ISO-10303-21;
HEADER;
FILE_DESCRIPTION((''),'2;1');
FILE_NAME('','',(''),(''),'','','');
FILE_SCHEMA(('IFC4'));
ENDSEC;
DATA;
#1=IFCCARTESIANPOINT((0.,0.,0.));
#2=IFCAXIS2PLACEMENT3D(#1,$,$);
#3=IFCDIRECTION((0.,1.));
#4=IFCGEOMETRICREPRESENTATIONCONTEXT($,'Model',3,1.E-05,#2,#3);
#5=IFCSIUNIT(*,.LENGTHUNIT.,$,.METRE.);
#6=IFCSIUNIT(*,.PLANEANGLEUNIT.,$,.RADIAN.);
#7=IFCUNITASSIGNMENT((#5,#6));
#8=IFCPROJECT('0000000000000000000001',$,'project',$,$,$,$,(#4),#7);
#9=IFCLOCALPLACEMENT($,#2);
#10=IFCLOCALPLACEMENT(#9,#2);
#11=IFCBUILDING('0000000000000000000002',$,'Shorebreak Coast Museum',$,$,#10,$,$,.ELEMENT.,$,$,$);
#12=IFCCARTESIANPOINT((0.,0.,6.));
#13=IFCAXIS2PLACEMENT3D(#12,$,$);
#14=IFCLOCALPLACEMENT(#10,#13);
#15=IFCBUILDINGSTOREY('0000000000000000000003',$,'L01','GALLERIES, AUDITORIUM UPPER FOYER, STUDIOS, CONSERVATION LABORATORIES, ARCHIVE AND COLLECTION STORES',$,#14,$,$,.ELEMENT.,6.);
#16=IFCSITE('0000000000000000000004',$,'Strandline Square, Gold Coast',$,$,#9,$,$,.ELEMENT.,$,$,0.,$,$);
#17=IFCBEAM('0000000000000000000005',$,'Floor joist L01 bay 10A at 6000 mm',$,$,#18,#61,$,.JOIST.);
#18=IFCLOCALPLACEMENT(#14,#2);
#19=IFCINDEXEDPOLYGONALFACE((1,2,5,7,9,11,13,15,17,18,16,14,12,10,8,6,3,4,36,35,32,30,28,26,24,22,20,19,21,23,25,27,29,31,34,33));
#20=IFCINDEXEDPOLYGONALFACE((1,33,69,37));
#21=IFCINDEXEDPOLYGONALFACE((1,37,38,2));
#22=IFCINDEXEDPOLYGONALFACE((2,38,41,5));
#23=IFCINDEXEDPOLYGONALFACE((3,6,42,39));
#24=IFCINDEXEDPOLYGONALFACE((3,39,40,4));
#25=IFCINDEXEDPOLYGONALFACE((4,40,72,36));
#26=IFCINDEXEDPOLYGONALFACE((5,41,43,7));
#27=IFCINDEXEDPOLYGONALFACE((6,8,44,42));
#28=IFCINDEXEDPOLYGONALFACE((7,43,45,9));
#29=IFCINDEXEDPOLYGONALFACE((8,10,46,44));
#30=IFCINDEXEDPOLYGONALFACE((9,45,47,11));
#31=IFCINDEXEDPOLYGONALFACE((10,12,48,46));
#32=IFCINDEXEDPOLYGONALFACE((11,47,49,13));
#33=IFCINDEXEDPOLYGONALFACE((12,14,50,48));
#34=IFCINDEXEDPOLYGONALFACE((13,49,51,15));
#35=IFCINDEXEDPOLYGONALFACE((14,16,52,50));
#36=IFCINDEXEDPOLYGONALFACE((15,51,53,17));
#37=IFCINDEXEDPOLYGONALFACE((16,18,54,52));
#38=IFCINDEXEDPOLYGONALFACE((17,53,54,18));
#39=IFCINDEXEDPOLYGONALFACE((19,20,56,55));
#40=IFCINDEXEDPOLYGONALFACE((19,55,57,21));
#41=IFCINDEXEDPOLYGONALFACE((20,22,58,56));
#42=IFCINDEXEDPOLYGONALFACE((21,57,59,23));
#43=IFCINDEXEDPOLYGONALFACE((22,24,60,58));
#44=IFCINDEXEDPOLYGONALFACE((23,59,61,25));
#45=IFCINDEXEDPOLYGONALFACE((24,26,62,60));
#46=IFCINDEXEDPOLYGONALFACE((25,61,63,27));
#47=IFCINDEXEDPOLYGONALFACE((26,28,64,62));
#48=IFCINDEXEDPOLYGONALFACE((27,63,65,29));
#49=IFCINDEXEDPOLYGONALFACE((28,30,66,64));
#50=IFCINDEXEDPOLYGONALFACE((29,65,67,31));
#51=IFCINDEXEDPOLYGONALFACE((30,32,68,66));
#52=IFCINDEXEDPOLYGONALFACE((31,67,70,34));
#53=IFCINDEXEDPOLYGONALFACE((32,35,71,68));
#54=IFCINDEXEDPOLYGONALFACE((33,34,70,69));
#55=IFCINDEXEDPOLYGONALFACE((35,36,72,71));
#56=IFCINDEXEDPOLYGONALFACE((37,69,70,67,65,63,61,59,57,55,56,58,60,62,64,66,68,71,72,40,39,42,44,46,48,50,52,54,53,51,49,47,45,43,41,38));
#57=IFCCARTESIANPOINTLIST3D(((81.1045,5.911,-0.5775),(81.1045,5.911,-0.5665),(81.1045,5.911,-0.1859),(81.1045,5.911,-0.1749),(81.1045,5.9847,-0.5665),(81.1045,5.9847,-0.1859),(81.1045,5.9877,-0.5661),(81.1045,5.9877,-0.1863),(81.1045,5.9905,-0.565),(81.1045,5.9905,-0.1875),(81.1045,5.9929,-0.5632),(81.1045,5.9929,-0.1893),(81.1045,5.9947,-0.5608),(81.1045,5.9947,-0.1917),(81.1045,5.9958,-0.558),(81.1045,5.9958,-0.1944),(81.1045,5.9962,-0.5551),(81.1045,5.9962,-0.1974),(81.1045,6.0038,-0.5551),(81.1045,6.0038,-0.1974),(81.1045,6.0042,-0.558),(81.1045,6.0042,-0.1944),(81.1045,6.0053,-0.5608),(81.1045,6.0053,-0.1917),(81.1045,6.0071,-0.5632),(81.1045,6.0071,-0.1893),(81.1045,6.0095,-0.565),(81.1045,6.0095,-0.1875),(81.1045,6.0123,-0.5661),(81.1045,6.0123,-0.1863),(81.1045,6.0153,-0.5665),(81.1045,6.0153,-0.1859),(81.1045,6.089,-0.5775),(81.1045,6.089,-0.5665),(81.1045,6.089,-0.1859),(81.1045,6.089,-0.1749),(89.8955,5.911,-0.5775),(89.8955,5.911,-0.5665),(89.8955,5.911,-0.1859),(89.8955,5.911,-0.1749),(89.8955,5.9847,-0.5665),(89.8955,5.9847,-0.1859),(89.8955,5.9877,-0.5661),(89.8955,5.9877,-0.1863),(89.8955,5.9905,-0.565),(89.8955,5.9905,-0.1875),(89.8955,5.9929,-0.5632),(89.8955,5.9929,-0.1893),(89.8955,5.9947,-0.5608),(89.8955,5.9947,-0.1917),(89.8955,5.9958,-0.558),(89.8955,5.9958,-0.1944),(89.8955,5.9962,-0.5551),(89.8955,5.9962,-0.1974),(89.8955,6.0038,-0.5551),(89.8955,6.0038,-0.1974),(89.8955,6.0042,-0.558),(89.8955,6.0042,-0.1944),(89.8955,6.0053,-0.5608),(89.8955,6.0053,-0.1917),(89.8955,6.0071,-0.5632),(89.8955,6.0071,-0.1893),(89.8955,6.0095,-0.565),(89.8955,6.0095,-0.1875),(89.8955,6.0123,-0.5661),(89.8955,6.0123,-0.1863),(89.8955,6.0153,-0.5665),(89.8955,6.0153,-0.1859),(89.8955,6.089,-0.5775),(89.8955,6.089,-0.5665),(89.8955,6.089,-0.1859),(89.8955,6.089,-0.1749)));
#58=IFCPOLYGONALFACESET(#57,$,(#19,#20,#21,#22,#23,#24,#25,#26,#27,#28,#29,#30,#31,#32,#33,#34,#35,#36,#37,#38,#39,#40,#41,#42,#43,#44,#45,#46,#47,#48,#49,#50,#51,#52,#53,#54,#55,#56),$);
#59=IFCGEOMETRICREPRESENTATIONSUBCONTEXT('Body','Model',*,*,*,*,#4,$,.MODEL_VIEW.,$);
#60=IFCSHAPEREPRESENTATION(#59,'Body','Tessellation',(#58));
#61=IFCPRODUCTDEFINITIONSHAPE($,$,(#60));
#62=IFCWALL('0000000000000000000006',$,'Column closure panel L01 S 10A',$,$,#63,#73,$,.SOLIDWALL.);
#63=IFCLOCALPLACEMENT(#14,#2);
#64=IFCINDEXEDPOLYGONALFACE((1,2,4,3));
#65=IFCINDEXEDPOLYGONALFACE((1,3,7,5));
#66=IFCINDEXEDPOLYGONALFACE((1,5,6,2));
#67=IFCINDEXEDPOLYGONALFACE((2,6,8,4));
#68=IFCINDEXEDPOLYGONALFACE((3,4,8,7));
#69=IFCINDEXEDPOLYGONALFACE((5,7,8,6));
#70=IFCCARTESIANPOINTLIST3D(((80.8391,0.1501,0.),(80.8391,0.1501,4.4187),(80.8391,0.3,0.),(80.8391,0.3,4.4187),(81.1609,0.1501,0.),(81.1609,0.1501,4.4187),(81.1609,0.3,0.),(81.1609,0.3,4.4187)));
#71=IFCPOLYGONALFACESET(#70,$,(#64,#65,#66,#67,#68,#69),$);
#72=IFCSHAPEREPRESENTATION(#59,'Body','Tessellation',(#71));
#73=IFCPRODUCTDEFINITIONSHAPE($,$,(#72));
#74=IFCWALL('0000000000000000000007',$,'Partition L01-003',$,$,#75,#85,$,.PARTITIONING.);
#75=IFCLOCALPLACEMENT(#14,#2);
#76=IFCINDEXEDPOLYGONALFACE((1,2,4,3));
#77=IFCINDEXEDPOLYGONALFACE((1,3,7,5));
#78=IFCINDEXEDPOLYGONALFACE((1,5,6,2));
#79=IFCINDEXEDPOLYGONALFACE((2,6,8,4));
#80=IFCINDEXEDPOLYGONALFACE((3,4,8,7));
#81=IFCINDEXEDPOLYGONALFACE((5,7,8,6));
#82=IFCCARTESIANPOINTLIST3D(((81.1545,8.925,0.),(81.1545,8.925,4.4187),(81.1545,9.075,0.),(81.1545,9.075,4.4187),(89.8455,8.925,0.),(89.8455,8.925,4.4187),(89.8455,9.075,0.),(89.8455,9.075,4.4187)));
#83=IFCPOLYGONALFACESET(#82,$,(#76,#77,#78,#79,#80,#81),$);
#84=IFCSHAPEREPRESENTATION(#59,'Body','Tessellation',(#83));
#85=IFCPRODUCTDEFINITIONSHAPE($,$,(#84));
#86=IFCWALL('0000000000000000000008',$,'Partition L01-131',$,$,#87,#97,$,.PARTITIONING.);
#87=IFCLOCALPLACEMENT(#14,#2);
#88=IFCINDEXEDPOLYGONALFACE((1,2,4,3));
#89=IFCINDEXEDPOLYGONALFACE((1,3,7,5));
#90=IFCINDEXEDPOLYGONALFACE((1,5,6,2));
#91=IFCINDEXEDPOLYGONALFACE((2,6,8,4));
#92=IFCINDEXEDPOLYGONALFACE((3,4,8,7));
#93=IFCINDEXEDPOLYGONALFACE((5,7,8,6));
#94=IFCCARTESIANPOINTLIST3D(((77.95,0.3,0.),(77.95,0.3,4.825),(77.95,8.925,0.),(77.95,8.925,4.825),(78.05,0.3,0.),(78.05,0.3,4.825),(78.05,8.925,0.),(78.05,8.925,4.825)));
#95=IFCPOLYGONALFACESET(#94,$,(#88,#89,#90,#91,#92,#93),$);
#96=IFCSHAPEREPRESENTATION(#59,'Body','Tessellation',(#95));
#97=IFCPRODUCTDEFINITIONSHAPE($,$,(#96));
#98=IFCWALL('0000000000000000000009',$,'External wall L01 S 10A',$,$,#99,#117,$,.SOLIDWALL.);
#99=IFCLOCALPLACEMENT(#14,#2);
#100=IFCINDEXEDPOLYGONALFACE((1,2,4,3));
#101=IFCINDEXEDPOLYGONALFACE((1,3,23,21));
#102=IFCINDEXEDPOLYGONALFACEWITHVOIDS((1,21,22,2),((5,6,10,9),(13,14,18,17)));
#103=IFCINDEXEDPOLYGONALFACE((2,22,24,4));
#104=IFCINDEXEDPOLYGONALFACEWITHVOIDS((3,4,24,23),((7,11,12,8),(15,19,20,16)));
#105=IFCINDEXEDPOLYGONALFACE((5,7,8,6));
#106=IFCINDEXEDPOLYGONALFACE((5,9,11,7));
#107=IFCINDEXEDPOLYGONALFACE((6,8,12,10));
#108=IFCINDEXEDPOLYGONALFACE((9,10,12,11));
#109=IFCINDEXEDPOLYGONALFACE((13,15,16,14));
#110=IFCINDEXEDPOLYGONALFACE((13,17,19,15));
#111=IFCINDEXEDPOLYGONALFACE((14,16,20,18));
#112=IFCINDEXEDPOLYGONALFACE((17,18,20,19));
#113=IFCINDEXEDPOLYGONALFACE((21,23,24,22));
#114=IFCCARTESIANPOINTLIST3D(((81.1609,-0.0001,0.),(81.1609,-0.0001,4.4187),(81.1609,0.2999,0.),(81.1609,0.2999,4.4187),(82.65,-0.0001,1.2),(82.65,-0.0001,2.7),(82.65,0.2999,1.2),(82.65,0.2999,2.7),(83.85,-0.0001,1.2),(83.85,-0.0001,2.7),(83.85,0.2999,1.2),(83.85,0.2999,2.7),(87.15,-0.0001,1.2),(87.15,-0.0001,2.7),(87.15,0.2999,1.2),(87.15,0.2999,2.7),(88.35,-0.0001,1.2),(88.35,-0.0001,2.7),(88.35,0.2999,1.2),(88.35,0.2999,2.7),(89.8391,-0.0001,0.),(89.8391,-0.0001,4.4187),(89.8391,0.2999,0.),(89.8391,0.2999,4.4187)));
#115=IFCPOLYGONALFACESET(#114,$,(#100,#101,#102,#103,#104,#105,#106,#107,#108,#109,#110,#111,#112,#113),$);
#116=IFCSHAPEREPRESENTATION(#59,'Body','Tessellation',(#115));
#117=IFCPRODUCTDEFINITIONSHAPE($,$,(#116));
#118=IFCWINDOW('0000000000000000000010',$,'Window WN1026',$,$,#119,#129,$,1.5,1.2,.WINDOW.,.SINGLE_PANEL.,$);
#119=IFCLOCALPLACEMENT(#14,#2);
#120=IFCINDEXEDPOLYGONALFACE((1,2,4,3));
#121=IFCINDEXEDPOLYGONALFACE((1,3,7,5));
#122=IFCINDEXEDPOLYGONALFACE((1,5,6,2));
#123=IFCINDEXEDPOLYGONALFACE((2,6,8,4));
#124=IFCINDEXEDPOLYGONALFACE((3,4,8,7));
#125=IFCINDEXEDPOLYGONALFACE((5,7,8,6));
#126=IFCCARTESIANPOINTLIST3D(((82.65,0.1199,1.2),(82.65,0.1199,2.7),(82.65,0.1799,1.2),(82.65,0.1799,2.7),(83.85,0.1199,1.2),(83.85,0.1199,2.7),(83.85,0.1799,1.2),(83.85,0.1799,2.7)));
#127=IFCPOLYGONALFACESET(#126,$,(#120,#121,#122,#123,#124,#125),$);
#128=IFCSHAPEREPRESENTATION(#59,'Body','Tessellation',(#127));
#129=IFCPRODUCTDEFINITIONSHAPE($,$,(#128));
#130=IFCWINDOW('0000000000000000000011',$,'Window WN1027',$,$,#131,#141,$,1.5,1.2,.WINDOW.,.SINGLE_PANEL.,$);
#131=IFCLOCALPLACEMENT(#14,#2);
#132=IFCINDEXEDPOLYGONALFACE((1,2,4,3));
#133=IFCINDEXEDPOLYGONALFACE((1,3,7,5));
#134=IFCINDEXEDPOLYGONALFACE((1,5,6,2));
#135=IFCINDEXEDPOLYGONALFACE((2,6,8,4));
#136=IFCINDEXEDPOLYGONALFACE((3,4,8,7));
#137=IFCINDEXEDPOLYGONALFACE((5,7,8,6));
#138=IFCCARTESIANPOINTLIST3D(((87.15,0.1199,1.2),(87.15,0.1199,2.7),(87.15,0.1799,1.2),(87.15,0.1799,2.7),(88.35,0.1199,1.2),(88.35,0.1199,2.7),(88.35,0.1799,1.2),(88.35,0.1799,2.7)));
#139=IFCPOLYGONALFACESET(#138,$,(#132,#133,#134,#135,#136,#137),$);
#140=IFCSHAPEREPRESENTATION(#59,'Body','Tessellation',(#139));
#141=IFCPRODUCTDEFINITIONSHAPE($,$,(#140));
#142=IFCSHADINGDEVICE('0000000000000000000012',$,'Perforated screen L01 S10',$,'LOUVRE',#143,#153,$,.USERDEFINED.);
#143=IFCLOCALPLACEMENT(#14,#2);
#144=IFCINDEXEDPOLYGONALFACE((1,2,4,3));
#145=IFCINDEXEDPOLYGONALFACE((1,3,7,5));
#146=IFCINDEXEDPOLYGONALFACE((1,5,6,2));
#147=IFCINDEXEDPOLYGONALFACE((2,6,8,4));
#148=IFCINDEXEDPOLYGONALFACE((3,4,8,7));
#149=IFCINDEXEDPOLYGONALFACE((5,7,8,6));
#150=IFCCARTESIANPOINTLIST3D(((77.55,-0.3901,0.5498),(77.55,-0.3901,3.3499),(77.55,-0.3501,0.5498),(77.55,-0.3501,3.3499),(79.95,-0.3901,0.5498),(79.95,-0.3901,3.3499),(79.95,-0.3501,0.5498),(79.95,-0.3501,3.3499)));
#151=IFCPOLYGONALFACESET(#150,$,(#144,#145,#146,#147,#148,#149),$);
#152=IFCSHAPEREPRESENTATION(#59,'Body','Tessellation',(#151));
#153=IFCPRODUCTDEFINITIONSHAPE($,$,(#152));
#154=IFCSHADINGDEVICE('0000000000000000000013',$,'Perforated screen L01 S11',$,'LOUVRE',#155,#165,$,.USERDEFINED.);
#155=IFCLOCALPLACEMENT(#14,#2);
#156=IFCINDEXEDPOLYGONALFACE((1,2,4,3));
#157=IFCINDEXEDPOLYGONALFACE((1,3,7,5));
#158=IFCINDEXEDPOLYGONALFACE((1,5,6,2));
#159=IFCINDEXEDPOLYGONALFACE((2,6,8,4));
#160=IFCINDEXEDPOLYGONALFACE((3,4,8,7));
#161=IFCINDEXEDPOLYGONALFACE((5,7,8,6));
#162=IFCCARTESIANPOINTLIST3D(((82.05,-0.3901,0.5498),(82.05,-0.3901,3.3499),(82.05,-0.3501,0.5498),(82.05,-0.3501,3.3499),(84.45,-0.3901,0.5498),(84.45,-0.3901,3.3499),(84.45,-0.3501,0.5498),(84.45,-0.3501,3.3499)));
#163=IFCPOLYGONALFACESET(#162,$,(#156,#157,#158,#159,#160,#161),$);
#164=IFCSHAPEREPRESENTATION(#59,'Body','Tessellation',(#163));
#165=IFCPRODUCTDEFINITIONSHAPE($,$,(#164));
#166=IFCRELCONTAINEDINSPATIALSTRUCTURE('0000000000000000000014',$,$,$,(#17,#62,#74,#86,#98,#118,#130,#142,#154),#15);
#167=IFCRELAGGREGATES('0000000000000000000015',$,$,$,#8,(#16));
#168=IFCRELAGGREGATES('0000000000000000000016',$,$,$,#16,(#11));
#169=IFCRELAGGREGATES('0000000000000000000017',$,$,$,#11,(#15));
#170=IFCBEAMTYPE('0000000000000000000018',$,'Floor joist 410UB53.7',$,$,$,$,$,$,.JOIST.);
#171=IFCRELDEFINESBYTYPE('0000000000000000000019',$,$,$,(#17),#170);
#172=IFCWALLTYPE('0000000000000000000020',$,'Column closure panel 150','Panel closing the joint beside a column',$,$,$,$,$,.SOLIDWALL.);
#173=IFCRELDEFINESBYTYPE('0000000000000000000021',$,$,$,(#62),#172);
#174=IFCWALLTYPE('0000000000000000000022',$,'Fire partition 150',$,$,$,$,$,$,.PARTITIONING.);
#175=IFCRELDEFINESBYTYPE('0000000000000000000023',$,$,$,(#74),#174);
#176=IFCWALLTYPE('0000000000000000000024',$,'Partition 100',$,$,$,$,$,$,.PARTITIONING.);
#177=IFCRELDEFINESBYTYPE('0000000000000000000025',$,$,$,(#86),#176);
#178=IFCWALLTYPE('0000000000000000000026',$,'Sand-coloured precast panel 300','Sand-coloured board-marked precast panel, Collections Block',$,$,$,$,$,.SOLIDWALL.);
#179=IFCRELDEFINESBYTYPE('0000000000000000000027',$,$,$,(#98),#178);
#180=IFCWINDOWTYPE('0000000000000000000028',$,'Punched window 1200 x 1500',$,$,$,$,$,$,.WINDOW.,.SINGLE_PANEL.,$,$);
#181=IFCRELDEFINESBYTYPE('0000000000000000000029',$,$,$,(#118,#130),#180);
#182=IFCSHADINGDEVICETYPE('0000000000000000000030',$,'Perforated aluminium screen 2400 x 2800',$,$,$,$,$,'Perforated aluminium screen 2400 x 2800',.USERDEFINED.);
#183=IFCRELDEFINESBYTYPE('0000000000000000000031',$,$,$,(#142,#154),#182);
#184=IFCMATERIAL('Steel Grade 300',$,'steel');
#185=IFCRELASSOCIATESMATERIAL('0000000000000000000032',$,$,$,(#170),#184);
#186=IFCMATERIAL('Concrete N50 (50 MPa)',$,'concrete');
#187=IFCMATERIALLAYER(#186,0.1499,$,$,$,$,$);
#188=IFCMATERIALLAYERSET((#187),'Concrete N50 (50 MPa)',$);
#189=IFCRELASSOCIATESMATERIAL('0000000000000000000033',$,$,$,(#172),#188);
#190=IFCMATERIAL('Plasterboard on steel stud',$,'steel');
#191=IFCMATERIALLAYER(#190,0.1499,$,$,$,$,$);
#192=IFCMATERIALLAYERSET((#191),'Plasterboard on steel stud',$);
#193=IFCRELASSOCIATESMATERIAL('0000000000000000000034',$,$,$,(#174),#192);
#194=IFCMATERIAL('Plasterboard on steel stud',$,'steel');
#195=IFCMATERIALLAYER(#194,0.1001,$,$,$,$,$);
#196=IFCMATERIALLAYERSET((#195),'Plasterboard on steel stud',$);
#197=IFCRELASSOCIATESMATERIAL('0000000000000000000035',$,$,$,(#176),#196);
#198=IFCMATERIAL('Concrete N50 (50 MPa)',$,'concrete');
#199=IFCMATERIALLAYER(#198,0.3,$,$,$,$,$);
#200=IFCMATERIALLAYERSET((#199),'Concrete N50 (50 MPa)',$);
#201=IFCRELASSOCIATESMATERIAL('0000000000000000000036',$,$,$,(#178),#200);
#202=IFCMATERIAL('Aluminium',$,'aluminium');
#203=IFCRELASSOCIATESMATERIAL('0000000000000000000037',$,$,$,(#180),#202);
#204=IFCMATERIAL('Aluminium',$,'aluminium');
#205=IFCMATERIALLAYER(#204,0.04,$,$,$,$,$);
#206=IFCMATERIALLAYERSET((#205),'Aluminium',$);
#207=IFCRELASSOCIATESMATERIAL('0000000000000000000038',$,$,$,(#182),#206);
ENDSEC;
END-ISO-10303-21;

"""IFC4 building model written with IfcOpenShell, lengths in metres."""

from ifc_helpers import new_model, si_unit, direction, frame, frame_2d, origin, origin_2d, place, context, subcontext, project, spatial, rectangle, i_section, extrude, material, layer, layer_set, material_profile, profile_set, type_object, element, fill, save


model = new_model("IFC4")

# Units and contexts
model_context = context("Model", 3, precision=1e-05, world=origin(), true_north=direction((0.0, 1.0)))
body_context = subcontext(model_context, "Body", "Model", "MODEL_VIEW")
ifc_project = project(units=[si_unit("LENGTHUNIT", "METRE"), si_unit("PLANEANGLEUNIT", "RADIAN")], contexts=[model_context])

# Site, building, storey
site_placement = place(None, origin())
site = spatial("IfcSite", under=ifc_project, at=site_placement, Name="Strandline Square, Gold Coast", CompositionType="ELEMENT", RefElevation=0.0)
building_placement = place(site_placement, origin())
building = spatial("IfcBuilding", under=site, at=building_placement, Name="Shorebreak Coast Museum", CompositionType="ELEMENT")
storey_placement = place(building_placement, frame((0.0, 0.0, 6.0)))
storey = spatial("IfcBuildingStorey", under=building, at=storey_placement, Name="L01", Description="GALLERIES, AUDITORIUM UPPER FOYER, STUDIOS, CONSERVATION LABORATORIES, ARCHIVE AND COLLECTION STORES", CompositionType="ELEMENT", Elevation=6.0)

# Beam
ifc_material_1 = material(Name="Steel Grade 300", Category="steel")
ifc_material_profile_1 = material_profile(ifc_material_1, i_section(OverallWidth=0.178, OverallDepth=0.4026, WebThickness=0.0076, FlangeThickness=0.011, FilletRadius=0.0115, at=origin_2d()), Name="410UB53.7")
ifc_profile_set_1 = profile_set([ifc_material_profile_1], Name="Steel Grade 300")
beam_type_1 = type_object("IfcBeamType", Name="Floor joist 410UB53.7", PredefinedType="JOIST", material=ifc_profile_set_1)
for number, where, z_axis, x_axis, name in (
    (1, (81.1045, 6.0, -0.3762), (1.0, 0.0, 0.0), (0.0, 1.0, 0.0), "Floor joist L01 bay 10A at 6000 mm"),
):
    element("IfcBeam", number, at=place(storey_placement, frame(where, z_axis=z_axis, x_axis=x_axis)), inside=storey, type_object=beam_type_1, Name=name, PredefinedType="JOIST", context=body_context, shape_type="SweptSolid", body=[
        extrude(i_section(OverallWidth=0.178, OverallDepth=0.4026, WebThickness=0.0076, FlangeThickness=0.011, FilletRadius=0.0115, at=origin_2d()), origin(), (0.0, 0.0, 1.0), 8.791),
    ])

# Walls
ifc_material_2 = material(Name="Concrete N50 (50 MPa)", Category="concrete")
ifc_layer_1 = layer(ifc_material_2, 0.1499)
ifc_layer_set_1 = layer_set([ifc_layer_1], Name="Concrete N50 (50 MPa)")
wall_type_1 = type_object("IfcWallType", Name="Column closure panel 150", Description="Panel closing the joint beside a column", PredefinedType="SOLIDWALL", material=ifc_layer_set_1)
wall_1_placement = place(storey_placement, frame((80.8391, 0.2251, 0.0), z_axis=(0.0, 0.0, 1.0), x_axis=(1.0, 0.0, 0.0)))
element("IfcWall", 2, at=wall_1_placement, inside=storey, type_object=wall_type_1, Name="Column closure panel L01 S 10A", PredefinedType="SOLIDWALL", context=body_context, shape_type="SweptSolid", body=[
    extrude(rectangle(XDim=0.3218, YDim=0.1499, at=frame_2d((0.1609, 0.0))), origin(), (0.0, 0.0, 1.0), 4.4187),
])
ifc_material_3 = material(Name="Plasterboard on steel stud", Category="steel")
ifc_layer_2 = layer(ifc_material_3, 0.1499)
ifc_layer_set_2 = layer_set([ifc_layer_2], Name="Plasterboard on steel stud")
wall_type_2 = type_object("IfcWallType", Name="Fire partition 150", PredefinedType="PARTITIONING", material=ifc_layer_set_2)
wall_2_placement = place(storey_placement, frame((81.1545, 9.0, 0.0), z_axis=(0.0, 0.0, 1.0), x_axis=(1.0, 0.0, 0.0)))
element("IfcWall", 3, at=wall_2_placement, inside=storey, type_object=wall_type_2, Name="Partition L01-003", PredefinedType="PARTITIONING", context=body_context, shape_type="SweptSolid", body=[
    extrude(rectangle(XDim=8.6909, YDim=0.1499, at=frame_2d((4.3455, 0.0))), origin(), (0.0, 0.0, 1.0), 4.4187),
])
ifc_material_4 = material(Name="Plasterboard on steel stud", Category="steel")
ifc_layer_3 = layer(ifc_material_4, 0.1001)
ifc_layer_set_3 = layer_set([ifc_layer_3], Name="Plasterboard on steel stud")
wall_type_3 = type_object("IfcWallType", Name="Partition 100", PredefinedType="PARTITIONING", material=ifc_layer_set_3)
wall_3_placement = place(storey_placement, frame((78.0, 0.3, 0.0), z_axis=(0.0, 0.0, 1.0), x_axis=(0.0, 1.0, 0.0)))
element("IfcWall", 4, at=wall_3_placement, inside=storey, type_object=wall_type_3, Name="Partition L01-131", PredefinedType="PARTITIONING", context=body_context, shape_type="SweptSolid", body=[
    extrude(rectangle(XDim=8.625, YDim=0.1001, at=frame_2d((4.3125, 0.0))), origin(), (0.0, 0.0, 1.0), 4.825),
])

# Wall, openings, windows
ifc_material_5 = material(Name="Concrete N50 (50 MPa)", Category="concrete")
ifc_layer_4 = layer(ifc_material_5, 0.3)
ifc_layer_set_4 = layer_set([ifc_layer_4], Name="Concrete N50 (50 MPa)")
wall_type_4 = type_object("IfcWallType", Name="Sand-coloured precast panel 300", Description="Sand-coloured board-marked precast panel, Collections Block", PredefinedType="SOLIDWALL", material=ifc_layer_set_4)
wall_4_placement = place(storey_placement, frame((81.1609, 0.1499, 0.0), z_axis=(0.0, 0.0, 1.0), x_axis=(1.0, 0.0, 0.0)))
wall_4 = element("IfcWall", 5, at=wall_4_placement, inside=storey, type_object=wall_type_4, Name="External wall L01 S 10A", PredefinedType="SOLIDWALL", context=body_context, shape_type="SweptSolid", body=[
    extrude(rectangle(XDim=8.6782, YDim=0.3, at=frame_2d((4.3391, 0.0))), origin(), (0.0, 0.0, 1.0), 4.4187),
])
opening_1_placement = place(wall_4_placement, frame((1.489, 0.0, 1.2)))
opening_1 = element("IfcOpeningElement", 6, at=opening_1_placement, cuts=wall_4, PredefinedType="OPENING", context=body_context, shape_type="SweptSolid", body=[
    extrude(rectangle(XDim=1.2, YDim=1.5, at=frame_2d((0.6001, 0.75))), frame((0.0, 0.1599, 0.0), z_axis=(0.0, -1.0, 0.0), x_axis=(1.0, 0.0, 0.0)), (0.0, 0.0, 1.0), 0.3201),
])
opening_2_placement = place(wall_4_placement, frame((5.989, 0.0, 1.2)))
opening_2 = element("IfcOpeningElement", 7, at=opening_2_placement, cuts=wall_4, PredefinedType="OPENING", context=body_context, shape_type="SweptSolid", body=[
    extrude(rectangle(XDim=1.2, YDim=1.5, at=frame_2d((0.6001, 0.75))), frame((0.0, 0.1599, 0.0), z_axis=(0.0, -1.0, 0.0), x_axis=(1.0, 0.0, 0.0)), (0.0, 0.0, 1.0), 0.3201),
])
ifc_material_6 = material(Name="Aluminium", Category="aluminium")
window_type = type_object("IfcWindowType", Name="Punched window 1200 x 1500", PartitioningType="SINGLE_PANEL", PredefinedType="WINDOW", material=ifc_material_6)
window_1_placement = place(opening_1_placement, origin())
window_1 = element("IfcWindow", 8, at=window_1_placement, inside=storey, type_object=window_type, Name="Window WN1026", OverallHeight=1.5, OverallWidth=1.2, PartitioningType="SINGLE_PANEL", PredefinedType="WINDOW", context=body_context, shape_type="SweptSolid", body=[
    extrude(rectangle(XDim=1.2, YDim=1.5, at=frame_2d((0.6001, 0.75))), frame((0.0, 0.03, 0.0), z_axis=(0.0, -1.0, 0.0), x_axis=(1.0, 0.0, 0.0)), (0.0, 0.0, 1.0), 0.0601),
])
fill(opening_1, window_1)
window_2_placement = place(opening_2_placement, origin())
window_2 = element("IfcWindow", 9, at=window_2_placement, inside=storey, type_object=window_type, Name="Window WN1027", OverallHeight=1.5, OverallWidth=1.2, PartitioningType="SINGLE_PANEL", PredefinedType="WINDOW", context=body_context, shape_type="SweptSolid", body=[
    extrude(rectangle(XDim=1.2, YDim=1.5, at=frame_2d((0.6001, 0.75))), frame((0.0, 0.03, 0.0), z_axis=(0.0, -1.0, 0.0), x_axis=(1.0, 0.0, 0.0)), (0.0, 0.0, 1.0), 0.0601),
])
fill(opening_2, window_2)

# Shading devices
ifc_material_7 = material(Name="Aluminium", Category="aluminium")
ifc_layer_5 = layer(ifc_material_7, 0.04)
ifc_layer_set_5 = layer_set([ifc_layer_5], Name="Aluminium")
shading_device_type = type_object("IfcShadingDeviceType", Name="Perforated aluminium screen 2400 x 2800", ElementType="Perforated aluminium screen 2400 x 2800", PredefinedType="USERDEFINED", material=ifc_layer_set_5)
for number, where, z_axis, x_axis, name in (
    (10, (78.75, -0.3701, 0.5498), (0.0, 0.0, 1.0), (1.0, 0.0, 0.0), "Perforated screen L01 S10"),
    (11, (83.25, -0.3701, 0.5498), (0.0, 0.0, 1.0), (1.0, 0.0, 0.0), "Perforated screen L01 S11"),
):
    element("IfcShadingDevice", number, at=place(storey_placement, frame(where, z_axis=z_axis, x_axis=x_axis)), inside=storey, type_object=shading_device_type, Name=name, ObjectType="LOUVRE", PredefinedType="USERDEFINED", context=body_context, shape_type="SweptSolid", body=[
        extrude(rectangle(XDim=2.3999, YDim=0.04, at=origin_2d()), origin(), (0.0, 0.0, 1.0), 2.8),
    ])

save(model, "model.ifc")
